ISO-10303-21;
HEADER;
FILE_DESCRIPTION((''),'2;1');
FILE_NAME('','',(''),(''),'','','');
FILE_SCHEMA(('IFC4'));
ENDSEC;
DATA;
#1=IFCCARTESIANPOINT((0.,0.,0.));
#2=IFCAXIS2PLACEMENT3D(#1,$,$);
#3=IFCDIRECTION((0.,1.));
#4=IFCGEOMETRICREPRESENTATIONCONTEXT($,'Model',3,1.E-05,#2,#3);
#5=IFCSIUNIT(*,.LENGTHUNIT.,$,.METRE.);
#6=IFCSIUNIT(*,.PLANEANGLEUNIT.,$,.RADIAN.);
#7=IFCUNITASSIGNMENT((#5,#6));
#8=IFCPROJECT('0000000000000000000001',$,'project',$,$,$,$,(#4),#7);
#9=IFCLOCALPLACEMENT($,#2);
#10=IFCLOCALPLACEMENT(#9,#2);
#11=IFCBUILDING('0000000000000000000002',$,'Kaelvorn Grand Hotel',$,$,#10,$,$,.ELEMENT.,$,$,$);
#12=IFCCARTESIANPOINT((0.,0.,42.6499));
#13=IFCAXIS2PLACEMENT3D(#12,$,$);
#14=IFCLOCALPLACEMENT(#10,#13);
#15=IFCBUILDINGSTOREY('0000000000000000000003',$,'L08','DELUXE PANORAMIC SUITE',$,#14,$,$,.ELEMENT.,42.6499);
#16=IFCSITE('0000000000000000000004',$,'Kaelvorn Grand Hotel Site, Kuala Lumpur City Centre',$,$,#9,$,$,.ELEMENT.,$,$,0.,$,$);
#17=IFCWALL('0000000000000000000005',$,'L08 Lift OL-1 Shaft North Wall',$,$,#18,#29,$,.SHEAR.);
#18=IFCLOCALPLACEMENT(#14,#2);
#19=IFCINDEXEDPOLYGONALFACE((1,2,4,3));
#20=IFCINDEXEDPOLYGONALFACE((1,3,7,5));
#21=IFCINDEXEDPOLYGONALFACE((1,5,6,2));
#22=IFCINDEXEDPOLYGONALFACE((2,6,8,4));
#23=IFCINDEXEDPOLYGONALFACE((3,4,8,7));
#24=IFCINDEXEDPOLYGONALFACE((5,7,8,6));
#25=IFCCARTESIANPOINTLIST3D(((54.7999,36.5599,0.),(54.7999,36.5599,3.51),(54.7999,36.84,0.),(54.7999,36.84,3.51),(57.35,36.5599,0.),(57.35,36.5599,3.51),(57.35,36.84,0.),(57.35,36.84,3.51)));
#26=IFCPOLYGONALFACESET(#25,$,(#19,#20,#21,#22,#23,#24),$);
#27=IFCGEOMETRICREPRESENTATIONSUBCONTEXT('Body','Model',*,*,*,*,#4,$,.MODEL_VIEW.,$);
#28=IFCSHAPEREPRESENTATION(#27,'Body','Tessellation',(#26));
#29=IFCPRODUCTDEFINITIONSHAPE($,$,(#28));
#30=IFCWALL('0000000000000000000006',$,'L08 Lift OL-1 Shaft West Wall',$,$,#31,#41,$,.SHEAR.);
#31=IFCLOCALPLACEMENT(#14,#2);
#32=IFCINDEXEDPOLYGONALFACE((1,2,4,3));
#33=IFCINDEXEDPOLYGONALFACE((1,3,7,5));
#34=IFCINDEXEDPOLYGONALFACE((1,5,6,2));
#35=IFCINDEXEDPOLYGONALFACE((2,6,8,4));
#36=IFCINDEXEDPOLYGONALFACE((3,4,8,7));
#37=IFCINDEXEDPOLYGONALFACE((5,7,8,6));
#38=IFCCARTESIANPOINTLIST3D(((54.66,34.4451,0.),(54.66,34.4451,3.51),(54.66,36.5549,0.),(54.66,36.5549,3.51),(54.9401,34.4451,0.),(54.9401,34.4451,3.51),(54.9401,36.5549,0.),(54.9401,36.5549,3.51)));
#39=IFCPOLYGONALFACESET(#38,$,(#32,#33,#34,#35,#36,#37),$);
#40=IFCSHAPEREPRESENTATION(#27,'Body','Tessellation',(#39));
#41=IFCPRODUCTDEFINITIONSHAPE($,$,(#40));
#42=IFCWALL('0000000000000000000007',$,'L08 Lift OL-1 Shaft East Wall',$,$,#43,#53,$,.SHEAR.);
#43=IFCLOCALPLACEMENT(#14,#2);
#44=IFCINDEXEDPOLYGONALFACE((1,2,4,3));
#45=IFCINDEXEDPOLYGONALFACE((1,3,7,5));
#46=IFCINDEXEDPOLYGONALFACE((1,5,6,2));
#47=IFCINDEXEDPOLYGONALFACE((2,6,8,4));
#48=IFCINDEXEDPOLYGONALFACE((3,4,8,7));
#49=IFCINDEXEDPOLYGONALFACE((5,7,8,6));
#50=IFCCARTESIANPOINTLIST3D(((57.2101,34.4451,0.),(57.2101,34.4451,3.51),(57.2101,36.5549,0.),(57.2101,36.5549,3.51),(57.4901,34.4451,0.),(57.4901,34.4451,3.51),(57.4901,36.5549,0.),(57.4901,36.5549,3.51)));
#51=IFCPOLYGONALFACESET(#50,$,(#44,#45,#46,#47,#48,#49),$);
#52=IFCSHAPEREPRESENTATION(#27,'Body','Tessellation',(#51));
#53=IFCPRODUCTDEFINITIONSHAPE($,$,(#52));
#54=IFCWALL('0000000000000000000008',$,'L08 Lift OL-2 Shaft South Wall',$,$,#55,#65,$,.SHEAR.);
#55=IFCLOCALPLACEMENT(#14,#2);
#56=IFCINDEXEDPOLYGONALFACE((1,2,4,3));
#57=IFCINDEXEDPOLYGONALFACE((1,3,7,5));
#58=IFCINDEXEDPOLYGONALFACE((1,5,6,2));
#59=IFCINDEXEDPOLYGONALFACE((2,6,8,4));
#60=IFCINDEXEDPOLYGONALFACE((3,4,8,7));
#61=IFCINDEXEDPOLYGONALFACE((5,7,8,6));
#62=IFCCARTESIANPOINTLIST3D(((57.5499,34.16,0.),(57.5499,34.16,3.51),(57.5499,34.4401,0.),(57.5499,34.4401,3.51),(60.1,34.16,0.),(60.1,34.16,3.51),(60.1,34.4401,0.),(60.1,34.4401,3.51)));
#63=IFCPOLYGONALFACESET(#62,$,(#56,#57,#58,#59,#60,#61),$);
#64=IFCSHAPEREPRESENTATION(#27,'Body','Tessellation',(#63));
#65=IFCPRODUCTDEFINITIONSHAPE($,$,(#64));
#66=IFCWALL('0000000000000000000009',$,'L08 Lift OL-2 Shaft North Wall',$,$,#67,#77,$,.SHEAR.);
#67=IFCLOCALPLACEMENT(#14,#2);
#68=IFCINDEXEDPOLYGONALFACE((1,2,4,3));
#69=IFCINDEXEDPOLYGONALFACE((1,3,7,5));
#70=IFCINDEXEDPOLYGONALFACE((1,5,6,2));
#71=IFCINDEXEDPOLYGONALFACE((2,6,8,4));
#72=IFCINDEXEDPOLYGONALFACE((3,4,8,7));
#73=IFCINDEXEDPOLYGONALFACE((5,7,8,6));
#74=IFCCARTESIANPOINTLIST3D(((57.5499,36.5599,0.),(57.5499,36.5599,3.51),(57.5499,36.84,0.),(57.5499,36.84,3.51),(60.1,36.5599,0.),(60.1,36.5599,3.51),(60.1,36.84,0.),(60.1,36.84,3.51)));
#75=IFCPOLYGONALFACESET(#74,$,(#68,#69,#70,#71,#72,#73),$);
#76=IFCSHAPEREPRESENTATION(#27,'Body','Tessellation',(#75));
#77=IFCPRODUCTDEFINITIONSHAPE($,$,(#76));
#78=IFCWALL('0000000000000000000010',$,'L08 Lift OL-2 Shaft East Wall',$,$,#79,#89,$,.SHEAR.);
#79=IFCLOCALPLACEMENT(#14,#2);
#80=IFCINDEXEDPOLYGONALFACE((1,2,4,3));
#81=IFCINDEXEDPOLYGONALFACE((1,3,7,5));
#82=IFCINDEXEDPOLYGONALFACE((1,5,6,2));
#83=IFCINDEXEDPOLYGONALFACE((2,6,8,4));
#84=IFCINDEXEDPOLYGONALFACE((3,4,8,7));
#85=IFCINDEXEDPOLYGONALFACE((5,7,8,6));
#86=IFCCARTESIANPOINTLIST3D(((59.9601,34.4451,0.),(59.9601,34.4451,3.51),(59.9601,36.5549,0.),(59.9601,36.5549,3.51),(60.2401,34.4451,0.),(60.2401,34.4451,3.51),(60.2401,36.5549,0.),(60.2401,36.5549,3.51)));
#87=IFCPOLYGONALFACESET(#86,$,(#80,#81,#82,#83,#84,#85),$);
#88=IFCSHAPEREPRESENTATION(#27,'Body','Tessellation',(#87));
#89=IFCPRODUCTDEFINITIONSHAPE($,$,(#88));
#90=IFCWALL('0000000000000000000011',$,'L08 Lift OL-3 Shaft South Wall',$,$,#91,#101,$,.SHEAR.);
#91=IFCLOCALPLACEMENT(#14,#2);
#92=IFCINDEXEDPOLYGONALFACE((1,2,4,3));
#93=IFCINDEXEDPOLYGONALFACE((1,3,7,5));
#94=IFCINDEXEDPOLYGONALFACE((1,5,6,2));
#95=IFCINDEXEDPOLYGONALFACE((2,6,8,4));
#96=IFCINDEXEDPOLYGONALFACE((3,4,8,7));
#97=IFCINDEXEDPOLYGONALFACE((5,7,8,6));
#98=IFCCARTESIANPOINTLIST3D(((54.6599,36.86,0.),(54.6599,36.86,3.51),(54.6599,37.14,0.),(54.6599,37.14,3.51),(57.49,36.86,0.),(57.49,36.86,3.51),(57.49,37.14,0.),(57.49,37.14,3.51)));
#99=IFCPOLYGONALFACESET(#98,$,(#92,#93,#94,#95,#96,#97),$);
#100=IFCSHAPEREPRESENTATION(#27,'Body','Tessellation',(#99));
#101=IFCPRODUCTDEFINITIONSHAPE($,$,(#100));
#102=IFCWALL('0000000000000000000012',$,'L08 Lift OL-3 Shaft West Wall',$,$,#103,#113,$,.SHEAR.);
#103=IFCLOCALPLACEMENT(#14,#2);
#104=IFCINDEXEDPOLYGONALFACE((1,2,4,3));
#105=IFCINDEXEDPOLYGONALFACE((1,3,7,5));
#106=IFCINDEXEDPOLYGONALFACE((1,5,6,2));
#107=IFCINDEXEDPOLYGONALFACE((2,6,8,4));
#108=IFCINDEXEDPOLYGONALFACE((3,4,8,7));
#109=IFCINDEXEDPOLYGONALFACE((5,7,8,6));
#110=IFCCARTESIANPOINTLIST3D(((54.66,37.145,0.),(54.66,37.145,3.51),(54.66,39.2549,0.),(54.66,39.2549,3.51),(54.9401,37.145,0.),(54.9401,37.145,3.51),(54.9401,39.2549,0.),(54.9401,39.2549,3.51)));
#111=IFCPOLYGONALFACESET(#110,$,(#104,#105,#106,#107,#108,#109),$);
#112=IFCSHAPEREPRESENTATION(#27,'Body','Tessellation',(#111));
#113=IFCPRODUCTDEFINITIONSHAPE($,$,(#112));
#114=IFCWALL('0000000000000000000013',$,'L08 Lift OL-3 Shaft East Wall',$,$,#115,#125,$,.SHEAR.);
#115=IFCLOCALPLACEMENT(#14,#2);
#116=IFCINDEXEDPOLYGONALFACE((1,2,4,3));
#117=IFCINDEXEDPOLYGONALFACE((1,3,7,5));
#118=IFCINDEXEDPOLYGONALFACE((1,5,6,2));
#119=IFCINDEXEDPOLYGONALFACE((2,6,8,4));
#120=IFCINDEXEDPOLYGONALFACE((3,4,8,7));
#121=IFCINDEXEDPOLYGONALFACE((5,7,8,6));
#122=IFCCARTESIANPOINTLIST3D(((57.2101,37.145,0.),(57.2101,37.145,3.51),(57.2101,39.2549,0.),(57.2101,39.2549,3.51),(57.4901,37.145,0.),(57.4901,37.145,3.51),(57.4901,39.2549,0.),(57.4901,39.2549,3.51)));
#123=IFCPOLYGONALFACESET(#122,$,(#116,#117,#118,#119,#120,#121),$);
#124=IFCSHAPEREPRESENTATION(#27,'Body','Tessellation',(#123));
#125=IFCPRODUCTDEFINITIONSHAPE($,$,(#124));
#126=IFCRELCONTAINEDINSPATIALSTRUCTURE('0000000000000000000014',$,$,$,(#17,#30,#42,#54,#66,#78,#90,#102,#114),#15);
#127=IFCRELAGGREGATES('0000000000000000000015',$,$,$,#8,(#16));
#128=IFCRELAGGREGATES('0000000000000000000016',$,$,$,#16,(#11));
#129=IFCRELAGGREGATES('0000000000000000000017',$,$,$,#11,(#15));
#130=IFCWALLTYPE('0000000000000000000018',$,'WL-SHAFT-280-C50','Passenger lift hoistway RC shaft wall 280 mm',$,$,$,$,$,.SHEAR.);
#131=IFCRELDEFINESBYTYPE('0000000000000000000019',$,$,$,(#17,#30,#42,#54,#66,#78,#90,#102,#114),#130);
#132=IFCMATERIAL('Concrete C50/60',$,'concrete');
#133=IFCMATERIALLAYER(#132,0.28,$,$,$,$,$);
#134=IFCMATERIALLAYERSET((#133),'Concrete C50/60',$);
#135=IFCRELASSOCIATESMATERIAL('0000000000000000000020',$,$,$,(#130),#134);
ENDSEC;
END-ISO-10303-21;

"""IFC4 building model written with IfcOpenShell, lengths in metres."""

from ifc_helpers import new_model, si_unit, direction, frame, frame_2d, origin, place, context, subcontext, project, spatial, rectangle, extrude, material, layer, layer_set, type_object, element, save


model = new_model("IFC4")

# Units and contexts
model_context = context("Model", 3, precision=1e-05, world=origin(), true_north=direction((0.0, 1.0)))
body_context = subcontext(model_context, "Body", "Model", "MODEL_VIEW")
ifc_project = project(units=[si_unit("LENGTHUNIT", "METRE"), si_unit("PLANEANGLEUNIT", "RADIAN")], contexts=[model_context])

# Site, building, storey
site_placement = place(None, origin())
site = spatial("IfcSite", under=ifc_project, at=site_placement, Name="Kaelvorn Grand Hotel Site, Kuala Lumpur City Centre", CompositionType="ELEMENT", RefElevation=0.0)
building_placement = place(site_placement, origin())
building = spatial("IfcBuilding", under=site, at=building_placement, Name="Kaelvorn Grand Hotel", CompositionType="ELEMENT")
storey_placement = place(building_placement, frame((0.0, 0.0, 42.6499)))
storey = spatial("IfcBuildingStorey", under=building, at=storey_placement, Name="L08", Description="DELUXE PANORAMIC SUITE", CompositionType="ELEMENT", Elevation=42.6499)

# Walls
ifc_material_1 = material(Name="Concrete C50/60", Category="concrete")
ifc_layer_1 = layer(ifc_material_1, 0.28)
ifc_layer_set_1 = layer_set([ifc_layer_1], Name="Concrete C50/60")
wall_type_1 = type_object("IfcWallType", Name="WL-SHAFT-280-C50", Description="Passenger lift hoistway RC shaft wall 280 mm", PredefinedType="SHEAR", material=ifc_layer_set_1)
for number, where, z_axis, x_axis, name in (
    (1, (54.8, 36.7, 0.0), (0.0, 0.0, 1.0), (1.0, 0.0, 0.0), "L08 Lift OL-1 Shaft North Wall"),
):
    element("IfcWall", number, at=place(storey_placement, frame(where, z_axis=z_axis, x_axis=x_axis)), inside=storey, type_object=wall_type_1, Name=name, PredefinedType="SHEAR", context=body_context, shape_type="SweptSolid", body=[
        extrude(rectangle(XDim=2.55, YDim=0.28, at=frame_2d((1.2749, 0.0))), origin(), (0.0, 0.0, 1.0), 3.51),
    ])
for number, where, z_axis, x_axis, name in (
    (2, (54.8, 34.4451, 0.0), (0.0, 0.0, 1.0), (0.0, 1.0, 0.0), "L08 Lift OL-1 Shaft West Wall"),
    (3, (57.3501, 34.4451, 0.0), (0.0, 0.0, 1.0), (0.0, 1.0, 0.0), "L08 Lift OL-1 Shaft East Wall"),
):
    element("IfcWall", number, at=place(storey_placement, frame(where, z_axis=z_axis, x_axis=x_axis)), inside=storey, type_object=wall_type_1, Name=name, PredefinedType="SHEAR", context=body_context, shape_type="SweptSolid", body=[
        extrude(rectangle(XDim=2.1099, YDim=0.28, at=frame_2d((1.0549, 0.0))), origin(), (0.0, 0.0, 1.0), 3.51),
    ])
for number, where, z_axis, x_axis, name in (
    (4, (57.55, 34.3, 0.0), (0.0, 0.0, 1.0), (1.0, 0.0, 0.0), "L08 Lift OL-2 Shaft South Wall"),
    (5, (57.55, 36.7, 0.0), (0.0, 0.0, 1.0), (1.0, 0.0, 0.0), "L08 Lift OL-2 Shaft North Wall"),
):
    element("IfcWall", number, at=place(storey_placement, frame(where, z_axis=z_axis, x_axis=x_axis)), inside=storey, type_object=wall_type_1, Name=name, PredefinedType="SHEAR", context=body_context, shape_type="SweptSolid", body=[
        extrude(rectangle(XDim=2.55, YDim=0.28, at=frame_2d((1.2749, 0.0))), origin(), (0.0, 0.0, 1.0), 3.51),
    ])
wall_1_placement = place(storey_placement, frame((60.1001, 34.4451, 0.0), z_axis=(0.0, 0.0, 1.0), x_axis=(0.0, 1.0, 0.0)))
element("IfcWall", 6, at=wall_1_placement, inside=storey, type_object=wall_type_1, Name="L08 Lift OL-2 Shaft East Wall", PredefinedType="SHEAR", context=body_context, shape_type="SweptSolid", body=[
    extrude(rectangle(XDim=2.1099, YDim=0.28, at=frame_2d((1.0549, 0.0))), origin(), (0.0, 0.0, 1.0), 3.51),
])
wall_2_placement = place(storey_placement, frame((54.6599, 37.0, 0.0), z_axis=(0.0, 0.0, 1.0), x_axis=(1.0, 0.0, 0.0)))
element("IfcWall", 7, at=wall_2_placement, inside=storey, type_object=wall_type_1, Name="L08 Lift OL-3 Shaft South Wall", PredefinedType="SHEAR", context=body_context, shape_type="SweptSolid", body=[
    extrude(rectangle(XDim=2.8301, YDim=0.28, at=frame_2d((1.415, 0.0))), origin(), (0.0, 0.0, 1.0), 3.51),
])
for number, where, z_axis, x_axis, name in (
    (8, (54.8, 37.145, 0.0), (0.0, 0.0, 1.0), (0.0, 1.0, 0.0), "L08 Lift OL-3 Shaft West Wall"),
    (9, (57.3501, 37.145, 0.0), (0.0, 0.0, 1.0), (0.0, 1.0, 0.0), "L08 Lift OL-3 Shaft East Wall"),
):
    element("IfcWall", number, at=place(storey_placement, frame(where, z_axis=z_axis, x_axis=x_axis)), inside=storey, type_object=wall_type_1, Name=name, PredefinedType="SHEAR", context=body_context, shape_type="SweptSolid", body=[
        extrude(rectangle(XDim=2.1099, YDim=0.28, at=frame_2d((1.0549, 0.0))), origin(), (0.0, 0.0, 1.0), 3.51),
    ])

save(model, "model.ifc")
